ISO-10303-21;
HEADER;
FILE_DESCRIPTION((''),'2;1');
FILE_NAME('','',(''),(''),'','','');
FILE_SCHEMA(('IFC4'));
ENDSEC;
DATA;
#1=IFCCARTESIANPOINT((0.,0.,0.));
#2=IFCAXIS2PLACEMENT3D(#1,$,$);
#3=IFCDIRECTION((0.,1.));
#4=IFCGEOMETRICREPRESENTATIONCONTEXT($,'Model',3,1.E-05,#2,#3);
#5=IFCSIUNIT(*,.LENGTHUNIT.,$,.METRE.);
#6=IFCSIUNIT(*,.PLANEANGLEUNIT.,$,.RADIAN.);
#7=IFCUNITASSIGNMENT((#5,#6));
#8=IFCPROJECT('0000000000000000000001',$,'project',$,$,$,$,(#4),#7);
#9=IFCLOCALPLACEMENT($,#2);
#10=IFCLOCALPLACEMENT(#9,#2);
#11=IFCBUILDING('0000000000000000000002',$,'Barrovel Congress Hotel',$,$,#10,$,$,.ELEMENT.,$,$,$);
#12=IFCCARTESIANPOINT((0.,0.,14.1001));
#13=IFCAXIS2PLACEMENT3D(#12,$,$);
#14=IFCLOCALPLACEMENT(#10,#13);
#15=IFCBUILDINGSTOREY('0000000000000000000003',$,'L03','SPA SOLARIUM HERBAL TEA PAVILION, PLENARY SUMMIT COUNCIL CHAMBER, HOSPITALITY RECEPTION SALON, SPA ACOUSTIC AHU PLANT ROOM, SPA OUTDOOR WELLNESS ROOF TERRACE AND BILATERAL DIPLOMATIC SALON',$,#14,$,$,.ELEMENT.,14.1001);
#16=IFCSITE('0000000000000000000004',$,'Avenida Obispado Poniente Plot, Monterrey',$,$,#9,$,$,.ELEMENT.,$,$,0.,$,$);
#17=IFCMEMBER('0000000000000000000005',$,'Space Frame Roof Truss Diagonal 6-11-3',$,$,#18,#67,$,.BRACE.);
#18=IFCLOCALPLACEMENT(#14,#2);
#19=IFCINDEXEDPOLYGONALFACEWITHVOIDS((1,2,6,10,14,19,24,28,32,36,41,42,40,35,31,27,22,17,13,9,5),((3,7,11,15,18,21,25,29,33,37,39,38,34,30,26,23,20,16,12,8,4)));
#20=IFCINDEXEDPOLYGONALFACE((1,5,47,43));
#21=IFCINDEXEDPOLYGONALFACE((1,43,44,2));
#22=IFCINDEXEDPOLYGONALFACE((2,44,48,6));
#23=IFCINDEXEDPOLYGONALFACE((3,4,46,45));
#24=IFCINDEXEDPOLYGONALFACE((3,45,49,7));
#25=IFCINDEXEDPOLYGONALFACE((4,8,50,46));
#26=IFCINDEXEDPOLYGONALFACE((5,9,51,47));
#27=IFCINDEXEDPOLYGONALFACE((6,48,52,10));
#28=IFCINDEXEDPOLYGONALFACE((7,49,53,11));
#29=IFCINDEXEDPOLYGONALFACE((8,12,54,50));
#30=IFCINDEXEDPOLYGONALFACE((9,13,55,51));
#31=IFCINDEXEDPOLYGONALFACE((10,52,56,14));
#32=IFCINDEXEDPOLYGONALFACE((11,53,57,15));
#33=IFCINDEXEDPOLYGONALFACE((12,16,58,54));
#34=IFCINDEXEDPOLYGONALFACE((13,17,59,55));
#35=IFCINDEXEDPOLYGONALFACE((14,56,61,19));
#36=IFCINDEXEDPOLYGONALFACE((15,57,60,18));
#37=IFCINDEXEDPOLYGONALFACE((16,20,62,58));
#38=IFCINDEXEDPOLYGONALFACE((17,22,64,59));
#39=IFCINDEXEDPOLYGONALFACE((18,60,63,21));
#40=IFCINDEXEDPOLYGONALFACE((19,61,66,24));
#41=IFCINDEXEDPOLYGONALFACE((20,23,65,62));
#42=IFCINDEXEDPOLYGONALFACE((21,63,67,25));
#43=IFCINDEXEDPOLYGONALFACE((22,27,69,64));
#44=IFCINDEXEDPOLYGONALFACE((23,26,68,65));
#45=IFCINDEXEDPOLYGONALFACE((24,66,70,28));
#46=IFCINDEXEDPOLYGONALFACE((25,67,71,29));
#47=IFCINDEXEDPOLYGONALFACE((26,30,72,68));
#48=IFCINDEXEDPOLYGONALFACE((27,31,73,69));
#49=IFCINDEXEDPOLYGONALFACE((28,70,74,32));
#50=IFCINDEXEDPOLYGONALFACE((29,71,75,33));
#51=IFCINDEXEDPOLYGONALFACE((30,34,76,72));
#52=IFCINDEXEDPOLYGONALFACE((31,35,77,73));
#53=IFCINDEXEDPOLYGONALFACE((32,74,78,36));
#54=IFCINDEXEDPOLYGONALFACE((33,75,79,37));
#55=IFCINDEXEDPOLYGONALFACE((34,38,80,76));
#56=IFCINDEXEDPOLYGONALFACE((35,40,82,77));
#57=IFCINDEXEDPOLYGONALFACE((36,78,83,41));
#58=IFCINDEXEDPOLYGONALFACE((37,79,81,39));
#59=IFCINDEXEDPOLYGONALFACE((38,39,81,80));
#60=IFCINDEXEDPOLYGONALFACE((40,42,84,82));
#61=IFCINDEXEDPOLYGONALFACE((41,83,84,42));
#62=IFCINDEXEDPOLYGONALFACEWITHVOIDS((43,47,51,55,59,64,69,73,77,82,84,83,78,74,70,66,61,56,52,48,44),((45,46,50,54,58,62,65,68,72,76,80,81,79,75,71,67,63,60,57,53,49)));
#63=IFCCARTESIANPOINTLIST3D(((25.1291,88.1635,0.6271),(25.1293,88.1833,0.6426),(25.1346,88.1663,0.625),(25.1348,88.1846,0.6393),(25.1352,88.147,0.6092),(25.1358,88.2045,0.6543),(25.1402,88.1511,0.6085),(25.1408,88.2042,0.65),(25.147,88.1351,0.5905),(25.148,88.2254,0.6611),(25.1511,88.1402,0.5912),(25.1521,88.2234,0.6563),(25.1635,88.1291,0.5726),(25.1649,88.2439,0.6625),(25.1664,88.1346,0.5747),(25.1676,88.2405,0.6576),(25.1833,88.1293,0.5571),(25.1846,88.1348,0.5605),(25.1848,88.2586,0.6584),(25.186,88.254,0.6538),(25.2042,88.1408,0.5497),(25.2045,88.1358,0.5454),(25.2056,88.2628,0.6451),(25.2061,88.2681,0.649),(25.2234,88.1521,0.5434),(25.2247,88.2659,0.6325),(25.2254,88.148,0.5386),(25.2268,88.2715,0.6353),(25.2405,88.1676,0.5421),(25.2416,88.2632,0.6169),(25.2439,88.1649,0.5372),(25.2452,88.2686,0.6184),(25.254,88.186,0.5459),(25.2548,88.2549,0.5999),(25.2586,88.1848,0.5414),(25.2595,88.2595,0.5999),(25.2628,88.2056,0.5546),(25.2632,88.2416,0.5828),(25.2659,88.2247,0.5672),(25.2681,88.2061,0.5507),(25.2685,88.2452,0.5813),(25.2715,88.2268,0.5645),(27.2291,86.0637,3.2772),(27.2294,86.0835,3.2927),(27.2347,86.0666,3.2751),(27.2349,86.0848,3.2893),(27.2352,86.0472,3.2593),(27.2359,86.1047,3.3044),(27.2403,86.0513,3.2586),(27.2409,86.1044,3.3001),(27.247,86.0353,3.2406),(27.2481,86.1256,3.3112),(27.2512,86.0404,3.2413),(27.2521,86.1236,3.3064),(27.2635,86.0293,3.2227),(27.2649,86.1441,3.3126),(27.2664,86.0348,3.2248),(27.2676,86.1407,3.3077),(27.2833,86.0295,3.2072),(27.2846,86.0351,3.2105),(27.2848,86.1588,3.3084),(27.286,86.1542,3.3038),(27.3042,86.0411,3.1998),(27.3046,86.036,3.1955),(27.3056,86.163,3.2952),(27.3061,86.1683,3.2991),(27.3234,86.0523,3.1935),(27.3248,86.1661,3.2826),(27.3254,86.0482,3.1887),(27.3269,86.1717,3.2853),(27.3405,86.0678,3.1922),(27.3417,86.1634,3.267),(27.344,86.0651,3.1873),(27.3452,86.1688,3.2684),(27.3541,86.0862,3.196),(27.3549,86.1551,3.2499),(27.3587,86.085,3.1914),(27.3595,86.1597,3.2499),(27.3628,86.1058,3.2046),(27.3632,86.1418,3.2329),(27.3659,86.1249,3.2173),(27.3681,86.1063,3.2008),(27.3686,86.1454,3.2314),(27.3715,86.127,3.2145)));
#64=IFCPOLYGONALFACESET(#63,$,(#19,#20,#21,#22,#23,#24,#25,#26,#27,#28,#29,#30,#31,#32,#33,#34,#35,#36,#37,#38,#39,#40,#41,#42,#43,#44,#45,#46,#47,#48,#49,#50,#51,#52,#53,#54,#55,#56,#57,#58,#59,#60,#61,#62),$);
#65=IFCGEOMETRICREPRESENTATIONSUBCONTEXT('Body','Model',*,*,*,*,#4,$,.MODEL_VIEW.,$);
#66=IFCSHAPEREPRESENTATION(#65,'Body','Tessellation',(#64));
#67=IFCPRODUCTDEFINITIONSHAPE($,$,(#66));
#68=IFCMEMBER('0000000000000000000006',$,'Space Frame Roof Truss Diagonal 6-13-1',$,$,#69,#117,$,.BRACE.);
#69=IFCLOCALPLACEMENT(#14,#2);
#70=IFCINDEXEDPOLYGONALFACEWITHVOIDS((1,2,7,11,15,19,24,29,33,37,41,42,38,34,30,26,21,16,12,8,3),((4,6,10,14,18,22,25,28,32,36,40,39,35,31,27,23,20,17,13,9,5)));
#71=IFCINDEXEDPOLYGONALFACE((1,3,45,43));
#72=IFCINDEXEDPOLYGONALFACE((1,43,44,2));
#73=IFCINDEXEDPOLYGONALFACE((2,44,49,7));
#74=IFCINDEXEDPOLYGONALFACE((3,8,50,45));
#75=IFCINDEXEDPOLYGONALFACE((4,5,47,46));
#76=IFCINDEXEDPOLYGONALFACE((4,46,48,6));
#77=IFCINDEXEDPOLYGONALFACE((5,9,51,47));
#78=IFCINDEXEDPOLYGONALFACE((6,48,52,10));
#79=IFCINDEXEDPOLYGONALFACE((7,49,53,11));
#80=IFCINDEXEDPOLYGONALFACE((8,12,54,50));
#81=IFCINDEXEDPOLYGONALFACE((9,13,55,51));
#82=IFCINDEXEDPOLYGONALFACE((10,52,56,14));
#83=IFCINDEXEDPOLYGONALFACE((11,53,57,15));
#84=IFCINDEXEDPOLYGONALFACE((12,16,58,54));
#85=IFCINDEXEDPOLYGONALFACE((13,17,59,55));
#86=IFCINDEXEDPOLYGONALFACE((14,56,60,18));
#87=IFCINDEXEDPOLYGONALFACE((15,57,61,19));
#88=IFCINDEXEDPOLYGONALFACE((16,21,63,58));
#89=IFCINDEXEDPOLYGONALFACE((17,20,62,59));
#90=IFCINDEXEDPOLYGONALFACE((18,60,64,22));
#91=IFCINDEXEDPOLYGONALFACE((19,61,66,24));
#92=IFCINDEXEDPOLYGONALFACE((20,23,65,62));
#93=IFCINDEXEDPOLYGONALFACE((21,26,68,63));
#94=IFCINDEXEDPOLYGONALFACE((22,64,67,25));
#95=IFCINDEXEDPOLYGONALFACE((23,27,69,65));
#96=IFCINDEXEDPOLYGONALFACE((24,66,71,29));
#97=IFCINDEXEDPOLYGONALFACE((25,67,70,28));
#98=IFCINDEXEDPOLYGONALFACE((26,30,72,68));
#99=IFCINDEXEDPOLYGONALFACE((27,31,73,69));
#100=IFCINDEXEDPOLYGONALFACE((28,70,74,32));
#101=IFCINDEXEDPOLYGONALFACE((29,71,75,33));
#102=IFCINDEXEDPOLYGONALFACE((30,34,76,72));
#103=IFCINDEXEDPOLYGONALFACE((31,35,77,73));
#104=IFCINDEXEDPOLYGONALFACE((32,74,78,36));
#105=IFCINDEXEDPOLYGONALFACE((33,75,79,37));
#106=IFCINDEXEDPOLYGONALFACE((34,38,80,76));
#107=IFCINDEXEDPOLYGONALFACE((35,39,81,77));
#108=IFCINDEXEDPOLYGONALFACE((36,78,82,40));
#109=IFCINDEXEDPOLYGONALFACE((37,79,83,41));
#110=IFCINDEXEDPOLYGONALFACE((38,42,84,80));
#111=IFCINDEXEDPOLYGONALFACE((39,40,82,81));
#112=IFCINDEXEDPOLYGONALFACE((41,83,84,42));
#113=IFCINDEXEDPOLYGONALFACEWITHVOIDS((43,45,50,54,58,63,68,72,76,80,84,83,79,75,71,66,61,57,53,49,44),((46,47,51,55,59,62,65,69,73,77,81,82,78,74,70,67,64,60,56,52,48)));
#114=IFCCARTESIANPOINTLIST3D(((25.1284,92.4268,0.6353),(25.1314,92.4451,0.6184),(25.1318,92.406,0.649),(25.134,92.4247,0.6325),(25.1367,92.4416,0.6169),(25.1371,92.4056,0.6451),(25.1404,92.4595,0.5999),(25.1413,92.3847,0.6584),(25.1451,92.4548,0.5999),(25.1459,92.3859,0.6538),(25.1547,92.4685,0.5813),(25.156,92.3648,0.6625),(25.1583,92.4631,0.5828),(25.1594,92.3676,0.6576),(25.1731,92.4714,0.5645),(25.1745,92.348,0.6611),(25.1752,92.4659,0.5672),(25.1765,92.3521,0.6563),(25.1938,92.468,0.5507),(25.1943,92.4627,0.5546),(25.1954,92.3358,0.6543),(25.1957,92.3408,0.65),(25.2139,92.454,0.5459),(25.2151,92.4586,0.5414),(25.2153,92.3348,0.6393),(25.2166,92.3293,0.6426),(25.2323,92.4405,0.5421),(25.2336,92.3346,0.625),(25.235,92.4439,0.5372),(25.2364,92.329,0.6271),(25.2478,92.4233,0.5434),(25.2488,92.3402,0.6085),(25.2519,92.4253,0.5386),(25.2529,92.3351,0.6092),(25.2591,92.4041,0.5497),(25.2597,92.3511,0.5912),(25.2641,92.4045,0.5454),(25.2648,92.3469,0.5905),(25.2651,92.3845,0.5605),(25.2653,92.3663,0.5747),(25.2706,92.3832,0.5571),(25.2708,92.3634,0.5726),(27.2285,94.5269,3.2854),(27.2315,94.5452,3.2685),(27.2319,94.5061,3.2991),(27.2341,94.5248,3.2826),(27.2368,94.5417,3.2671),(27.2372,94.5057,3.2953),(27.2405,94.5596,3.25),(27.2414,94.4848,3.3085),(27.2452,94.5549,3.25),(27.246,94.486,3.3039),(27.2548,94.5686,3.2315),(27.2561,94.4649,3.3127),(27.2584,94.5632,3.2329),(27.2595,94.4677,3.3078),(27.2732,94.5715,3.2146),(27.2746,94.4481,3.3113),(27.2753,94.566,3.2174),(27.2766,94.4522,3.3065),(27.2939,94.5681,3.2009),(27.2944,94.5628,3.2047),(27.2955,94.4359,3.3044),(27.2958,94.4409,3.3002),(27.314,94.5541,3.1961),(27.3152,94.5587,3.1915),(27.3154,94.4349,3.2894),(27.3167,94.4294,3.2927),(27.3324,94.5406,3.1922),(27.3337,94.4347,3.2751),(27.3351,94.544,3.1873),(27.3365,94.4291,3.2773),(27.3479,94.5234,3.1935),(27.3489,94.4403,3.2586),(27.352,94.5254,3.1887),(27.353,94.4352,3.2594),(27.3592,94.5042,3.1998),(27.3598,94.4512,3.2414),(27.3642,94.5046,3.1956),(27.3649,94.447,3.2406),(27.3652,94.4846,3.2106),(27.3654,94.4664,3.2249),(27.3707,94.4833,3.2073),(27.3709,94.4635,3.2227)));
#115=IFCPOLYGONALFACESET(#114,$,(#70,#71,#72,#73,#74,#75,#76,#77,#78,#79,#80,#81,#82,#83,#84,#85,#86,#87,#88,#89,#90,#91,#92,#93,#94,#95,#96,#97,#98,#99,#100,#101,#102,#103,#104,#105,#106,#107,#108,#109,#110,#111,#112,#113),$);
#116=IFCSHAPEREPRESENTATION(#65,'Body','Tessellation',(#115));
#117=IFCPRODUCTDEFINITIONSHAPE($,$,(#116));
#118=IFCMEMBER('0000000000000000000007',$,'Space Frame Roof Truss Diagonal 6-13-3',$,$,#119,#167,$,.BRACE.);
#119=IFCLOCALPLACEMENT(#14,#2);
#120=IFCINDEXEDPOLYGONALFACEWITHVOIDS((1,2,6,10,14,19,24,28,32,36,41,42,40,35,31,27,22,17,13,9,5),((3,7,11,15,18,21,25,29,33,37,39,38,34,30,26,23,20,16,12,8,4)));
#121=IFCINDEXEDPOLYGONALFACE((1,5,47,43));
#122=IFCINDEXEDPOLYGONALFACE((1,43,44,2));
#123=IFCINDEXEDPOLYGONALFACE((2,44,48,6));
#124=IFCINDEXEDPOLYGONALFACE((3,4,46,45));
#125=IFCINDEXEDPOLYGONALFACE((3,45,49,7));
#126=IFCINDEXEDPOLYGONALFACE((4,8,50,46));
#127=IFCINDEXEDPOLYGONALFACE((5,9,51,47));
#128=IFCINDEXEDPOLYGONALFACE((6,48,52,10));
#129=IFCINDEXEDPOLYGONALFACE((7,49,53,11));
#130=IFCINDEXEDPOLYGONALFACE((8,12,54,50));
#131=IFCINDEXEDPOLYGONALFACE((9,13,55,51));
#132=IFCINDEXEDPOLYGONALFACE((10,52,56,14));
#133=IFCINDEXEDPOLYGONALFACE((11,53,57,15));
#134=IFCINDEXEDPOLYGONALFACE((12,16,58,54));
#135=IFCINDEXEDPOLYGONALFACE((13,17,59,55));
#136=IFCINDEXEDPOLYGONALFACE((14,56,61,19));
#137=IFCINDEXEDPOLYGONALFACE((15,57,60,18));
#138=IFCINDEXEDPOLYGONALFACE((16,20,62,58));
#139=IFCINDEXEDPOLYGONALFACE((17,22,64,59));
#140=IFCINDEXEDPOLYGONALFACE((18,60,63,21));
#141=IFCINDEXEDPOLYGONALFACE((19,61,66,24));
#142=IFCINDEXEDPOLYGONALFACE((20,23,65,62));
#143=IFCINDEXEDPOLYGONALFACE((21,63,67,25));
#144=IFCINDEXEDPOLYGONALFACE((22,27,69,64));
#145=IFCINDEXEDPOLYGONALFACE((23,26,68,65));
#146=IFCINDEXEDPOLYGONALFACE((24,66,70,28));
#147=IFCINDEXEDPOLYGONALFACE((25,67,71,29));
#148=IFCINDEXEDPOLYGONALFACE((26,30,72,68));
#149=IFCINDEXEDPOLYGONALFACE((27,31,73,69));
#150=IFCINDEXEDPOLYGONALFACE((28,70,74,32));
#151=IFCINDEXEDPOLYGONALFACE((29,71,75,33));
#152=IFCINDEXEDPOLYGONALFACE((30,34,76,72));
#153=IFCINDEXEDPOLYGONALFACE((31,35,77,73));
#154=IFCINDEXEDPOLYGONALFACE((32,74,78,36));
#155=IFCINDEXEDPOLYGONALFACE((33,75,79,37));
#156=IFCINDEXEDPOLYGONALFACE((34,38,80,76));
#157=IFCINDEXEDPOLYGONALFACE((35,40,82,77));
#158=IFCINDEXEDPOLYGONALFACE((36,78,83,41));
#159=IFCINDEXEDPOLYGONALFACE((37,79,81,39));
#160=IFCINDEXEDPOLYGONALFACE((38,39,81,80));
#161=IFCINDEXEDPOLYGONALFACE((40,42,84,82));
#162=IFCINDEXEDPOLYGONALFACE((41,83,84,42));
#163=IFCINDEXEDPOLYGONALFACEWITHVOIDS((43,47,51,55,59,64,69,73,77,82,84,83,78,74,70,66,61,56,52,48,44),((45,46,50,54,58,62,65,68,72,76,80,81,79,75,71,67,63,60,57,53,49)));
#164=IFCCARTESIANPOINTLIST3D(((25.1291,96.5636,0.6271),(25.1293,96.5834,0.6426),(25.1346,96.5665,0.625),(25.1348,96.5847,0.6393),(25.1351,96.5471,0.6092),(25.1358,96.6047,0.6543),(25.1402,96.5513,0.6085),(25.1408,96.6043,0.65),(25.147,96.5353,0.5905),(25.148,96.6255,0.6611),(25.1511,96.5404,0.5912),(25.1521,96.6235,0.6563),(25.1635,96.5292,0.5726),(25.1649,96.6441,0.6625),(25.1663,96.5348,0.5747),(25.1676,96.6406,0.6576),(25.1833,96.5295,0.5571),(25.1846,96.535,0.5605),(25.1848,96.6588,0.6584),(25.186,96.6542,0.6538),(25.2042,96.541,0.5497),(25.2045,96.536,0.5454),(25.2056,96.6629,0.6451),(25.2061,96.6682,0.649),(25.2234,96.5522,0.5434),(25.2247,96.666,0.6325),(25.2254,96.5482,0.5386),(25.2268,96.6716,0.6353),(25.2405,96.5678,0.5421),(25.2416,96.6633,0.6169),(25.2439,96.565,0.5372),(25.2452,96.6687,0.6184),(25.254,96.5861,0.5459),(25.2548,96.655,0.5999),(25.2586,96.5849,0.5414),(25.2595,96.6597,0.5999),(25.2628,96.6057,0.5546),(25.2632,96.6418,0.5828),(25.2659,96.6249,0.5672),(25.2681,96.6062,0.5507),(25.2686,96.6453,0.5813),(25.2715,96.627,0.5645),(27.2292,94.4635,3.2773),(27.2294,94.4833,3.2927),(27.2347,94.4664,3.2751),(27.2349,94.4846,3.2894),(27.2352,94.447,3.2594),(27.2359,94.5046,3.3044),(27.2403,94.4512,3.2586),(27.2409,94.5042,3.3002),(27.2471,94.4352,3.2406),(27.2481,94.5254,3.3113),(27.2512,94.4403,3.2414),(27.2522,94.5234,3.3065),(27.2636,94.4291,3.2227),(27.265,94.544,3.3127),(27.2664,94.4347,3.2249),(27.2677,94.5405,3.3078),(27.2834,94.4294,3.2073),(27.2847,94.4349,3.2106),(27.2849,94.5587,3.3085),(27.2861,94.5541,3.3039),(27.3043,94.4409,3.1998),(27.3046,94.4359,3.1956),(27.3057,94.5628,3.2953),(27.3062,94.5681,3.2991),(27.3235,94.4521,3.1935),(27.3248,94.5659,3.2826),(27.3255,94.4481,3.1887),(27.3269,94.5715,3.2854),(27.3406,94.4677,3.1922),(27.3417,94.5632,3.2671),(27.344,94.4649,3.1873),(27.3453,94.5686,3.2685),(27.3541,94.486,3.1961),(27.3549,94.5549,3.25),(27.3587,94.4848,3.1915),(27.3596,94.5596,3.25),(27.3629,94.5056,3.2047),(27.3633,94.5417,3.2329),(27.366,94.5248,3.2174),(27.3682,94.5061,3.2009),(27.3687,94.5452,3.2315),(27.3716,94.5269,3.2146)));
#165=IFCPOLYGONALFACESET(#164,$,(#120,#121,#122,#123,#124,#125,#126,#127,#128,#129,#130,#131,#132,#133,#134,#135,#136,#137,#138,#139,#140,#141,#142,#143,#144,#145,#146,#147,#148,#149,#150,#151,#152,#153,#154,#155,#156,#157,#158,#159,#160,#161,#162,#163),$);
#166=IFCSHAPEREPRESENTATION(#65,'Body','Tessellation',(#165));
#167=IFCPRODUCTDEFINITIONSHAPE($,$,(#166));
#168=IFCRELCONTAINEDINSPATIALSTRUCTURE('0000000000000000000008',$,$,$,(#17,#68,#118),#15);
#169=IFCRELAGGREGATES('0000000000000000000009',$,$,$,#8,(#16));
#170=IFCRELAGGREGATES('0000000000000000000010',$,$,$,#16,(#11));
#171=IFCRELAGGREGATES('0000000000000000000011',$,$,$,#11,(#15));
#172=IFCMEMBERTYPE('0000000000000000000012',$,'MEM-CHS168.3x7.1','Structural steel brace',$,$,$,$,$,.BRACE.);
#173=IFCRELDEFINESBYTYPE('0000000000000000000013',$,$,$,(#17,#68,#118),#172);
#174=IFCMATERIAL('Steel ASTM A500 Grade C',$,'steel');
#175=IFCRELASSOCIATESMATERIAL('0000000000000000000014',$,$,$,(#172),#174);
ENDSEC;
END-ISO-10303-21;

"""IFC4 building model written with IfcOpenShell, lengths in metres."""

from ifc_helpers import new_model, si_unit, direction, frame, origin, origin_2d, place, context, subcontext, project, spatial, hollow_circle, extrude, material, material_profile, profile_set, type_object, element, save


model = new_model("IFC4")

# Units and contexts
model_context = context("Model", 3, precision=1e-05, world=origin(), true_north=direction((0.0, 1.0)))
body_context = subcontext(model_context, "Body", "Model", "MODEL_VIEW")
ifc_project = project(units=[si_unit("LENGTHUNIT", "METRE"), si_unit("PLANEANGLEUNIT", "RADIAN")], contexts=[model_context])

# Site, building, storey
site_placement = place(None, origin())
site = spatial("IfcSite", under=ifc_project, at=site_placement, Name="Avenida Obispado Poniente Plot, Monterrey", CompositionType="ELEMENT", RefElevation=0.0)
building_placement = place(site_placement, origin())
building = spatial("IfcBuilding", under=site, at=building_placement, Name="Barrovel Congress Hotel", CompositionType="ELEMENT")
storey_placement = place(building_placement, frame((0.0, 0.0, 14.1001)))
storey = spatial("IfcBuildingStorey", under=building, at=storey_placement, Name="L03", Description="SPA SOLARIUM HERBAL TEA PAVILION, PLENARY SUMMIT COUNCIL CHAMBER, HOSPITALITY RECEPTION SALON, SPA ACOUSTIC AHU PLANT ROOM, SPA OUTDOOR WELLNESS ROOF TERRACE AND BILATERAL DIPLOMATIC SALON", CompositionType="ELEMENT", Elevation=14.1001)

# Members
ifc_material_1 = material(Name="Steel ASTM A500 Grade C", Category="steel")
ifc_material_profile_1 = material_profile(ifc_material_1, hollow_circle(Radius=0.0842, WallThickness=0.0066, at=origin_2d()), Name="CHS168.3x7.1")
ifc_profile_set_1 = profile_set([ifc_material_profile_1], Name="Steel ASTM A500 Grade C")
member_type_1 = type_object("IfcMemberType", Name="MEM-CHS168.3x7.1", Description="Structural steel brace", PredefinedType="BRACE", material=ifc_profile_set_1)
for number, where, z_axis, x_axis, name in (
    (1, (25.2, 88.2, 0.5999), (0.527618, -0.527557, 0.66581), (0.707066, 0.707148, 0.0), "Space Frame Roof Truss Diagonal 6-11-3"),
):
    element("IfcMember", number, at=place(storey_placement, frame(where, z_axis=z_axis, x_axis=x_axis)), inside=storey, type_object=member_type_1, Name=name, PredefinedType="BRACE", context=body_context, shape_type="SweptSolid", body=[
        extrude(hollow_circle(Radius=0.0842, WallThickness=0.0066, at=origin_2d()), origin(), (0.0, 0.0, 1.0), 3.9802),
    ])
for number, where, z_axis, x_axis, name in (
    (2, (25.2, 92.3999, 0.5999), (0.527601, 0.527601, 0.665788), (-0.707107, 0.707107, 0.0), "Space Frame Roof Truss Diagonal 6-13-1"),
    (3, (25.2, 96.6001, 0.5999), (0.527601, -0.527601, 0.665788), (0.707107, 0.707107, 0.0), "Space Frame Roof Truss Diagonal 6-13-3"),
):
    element("IfcMember", number, at=place(storey_placement, frame(where, z_axis=z_axis, x_axis=x_axis)), inside=storey, type_object=member_type_1, Name=name, PredefinedType="BRACE", context=body_context, shape_type="SweptSolid", body=[
        extrude(hollow_circle(Radius=0.0842, WallThickness=0.0066, at=origin_2d()), origin(), (0.0, 0.0, 1.0), 3.9805),
    ])

save(model, "model.ifc")
